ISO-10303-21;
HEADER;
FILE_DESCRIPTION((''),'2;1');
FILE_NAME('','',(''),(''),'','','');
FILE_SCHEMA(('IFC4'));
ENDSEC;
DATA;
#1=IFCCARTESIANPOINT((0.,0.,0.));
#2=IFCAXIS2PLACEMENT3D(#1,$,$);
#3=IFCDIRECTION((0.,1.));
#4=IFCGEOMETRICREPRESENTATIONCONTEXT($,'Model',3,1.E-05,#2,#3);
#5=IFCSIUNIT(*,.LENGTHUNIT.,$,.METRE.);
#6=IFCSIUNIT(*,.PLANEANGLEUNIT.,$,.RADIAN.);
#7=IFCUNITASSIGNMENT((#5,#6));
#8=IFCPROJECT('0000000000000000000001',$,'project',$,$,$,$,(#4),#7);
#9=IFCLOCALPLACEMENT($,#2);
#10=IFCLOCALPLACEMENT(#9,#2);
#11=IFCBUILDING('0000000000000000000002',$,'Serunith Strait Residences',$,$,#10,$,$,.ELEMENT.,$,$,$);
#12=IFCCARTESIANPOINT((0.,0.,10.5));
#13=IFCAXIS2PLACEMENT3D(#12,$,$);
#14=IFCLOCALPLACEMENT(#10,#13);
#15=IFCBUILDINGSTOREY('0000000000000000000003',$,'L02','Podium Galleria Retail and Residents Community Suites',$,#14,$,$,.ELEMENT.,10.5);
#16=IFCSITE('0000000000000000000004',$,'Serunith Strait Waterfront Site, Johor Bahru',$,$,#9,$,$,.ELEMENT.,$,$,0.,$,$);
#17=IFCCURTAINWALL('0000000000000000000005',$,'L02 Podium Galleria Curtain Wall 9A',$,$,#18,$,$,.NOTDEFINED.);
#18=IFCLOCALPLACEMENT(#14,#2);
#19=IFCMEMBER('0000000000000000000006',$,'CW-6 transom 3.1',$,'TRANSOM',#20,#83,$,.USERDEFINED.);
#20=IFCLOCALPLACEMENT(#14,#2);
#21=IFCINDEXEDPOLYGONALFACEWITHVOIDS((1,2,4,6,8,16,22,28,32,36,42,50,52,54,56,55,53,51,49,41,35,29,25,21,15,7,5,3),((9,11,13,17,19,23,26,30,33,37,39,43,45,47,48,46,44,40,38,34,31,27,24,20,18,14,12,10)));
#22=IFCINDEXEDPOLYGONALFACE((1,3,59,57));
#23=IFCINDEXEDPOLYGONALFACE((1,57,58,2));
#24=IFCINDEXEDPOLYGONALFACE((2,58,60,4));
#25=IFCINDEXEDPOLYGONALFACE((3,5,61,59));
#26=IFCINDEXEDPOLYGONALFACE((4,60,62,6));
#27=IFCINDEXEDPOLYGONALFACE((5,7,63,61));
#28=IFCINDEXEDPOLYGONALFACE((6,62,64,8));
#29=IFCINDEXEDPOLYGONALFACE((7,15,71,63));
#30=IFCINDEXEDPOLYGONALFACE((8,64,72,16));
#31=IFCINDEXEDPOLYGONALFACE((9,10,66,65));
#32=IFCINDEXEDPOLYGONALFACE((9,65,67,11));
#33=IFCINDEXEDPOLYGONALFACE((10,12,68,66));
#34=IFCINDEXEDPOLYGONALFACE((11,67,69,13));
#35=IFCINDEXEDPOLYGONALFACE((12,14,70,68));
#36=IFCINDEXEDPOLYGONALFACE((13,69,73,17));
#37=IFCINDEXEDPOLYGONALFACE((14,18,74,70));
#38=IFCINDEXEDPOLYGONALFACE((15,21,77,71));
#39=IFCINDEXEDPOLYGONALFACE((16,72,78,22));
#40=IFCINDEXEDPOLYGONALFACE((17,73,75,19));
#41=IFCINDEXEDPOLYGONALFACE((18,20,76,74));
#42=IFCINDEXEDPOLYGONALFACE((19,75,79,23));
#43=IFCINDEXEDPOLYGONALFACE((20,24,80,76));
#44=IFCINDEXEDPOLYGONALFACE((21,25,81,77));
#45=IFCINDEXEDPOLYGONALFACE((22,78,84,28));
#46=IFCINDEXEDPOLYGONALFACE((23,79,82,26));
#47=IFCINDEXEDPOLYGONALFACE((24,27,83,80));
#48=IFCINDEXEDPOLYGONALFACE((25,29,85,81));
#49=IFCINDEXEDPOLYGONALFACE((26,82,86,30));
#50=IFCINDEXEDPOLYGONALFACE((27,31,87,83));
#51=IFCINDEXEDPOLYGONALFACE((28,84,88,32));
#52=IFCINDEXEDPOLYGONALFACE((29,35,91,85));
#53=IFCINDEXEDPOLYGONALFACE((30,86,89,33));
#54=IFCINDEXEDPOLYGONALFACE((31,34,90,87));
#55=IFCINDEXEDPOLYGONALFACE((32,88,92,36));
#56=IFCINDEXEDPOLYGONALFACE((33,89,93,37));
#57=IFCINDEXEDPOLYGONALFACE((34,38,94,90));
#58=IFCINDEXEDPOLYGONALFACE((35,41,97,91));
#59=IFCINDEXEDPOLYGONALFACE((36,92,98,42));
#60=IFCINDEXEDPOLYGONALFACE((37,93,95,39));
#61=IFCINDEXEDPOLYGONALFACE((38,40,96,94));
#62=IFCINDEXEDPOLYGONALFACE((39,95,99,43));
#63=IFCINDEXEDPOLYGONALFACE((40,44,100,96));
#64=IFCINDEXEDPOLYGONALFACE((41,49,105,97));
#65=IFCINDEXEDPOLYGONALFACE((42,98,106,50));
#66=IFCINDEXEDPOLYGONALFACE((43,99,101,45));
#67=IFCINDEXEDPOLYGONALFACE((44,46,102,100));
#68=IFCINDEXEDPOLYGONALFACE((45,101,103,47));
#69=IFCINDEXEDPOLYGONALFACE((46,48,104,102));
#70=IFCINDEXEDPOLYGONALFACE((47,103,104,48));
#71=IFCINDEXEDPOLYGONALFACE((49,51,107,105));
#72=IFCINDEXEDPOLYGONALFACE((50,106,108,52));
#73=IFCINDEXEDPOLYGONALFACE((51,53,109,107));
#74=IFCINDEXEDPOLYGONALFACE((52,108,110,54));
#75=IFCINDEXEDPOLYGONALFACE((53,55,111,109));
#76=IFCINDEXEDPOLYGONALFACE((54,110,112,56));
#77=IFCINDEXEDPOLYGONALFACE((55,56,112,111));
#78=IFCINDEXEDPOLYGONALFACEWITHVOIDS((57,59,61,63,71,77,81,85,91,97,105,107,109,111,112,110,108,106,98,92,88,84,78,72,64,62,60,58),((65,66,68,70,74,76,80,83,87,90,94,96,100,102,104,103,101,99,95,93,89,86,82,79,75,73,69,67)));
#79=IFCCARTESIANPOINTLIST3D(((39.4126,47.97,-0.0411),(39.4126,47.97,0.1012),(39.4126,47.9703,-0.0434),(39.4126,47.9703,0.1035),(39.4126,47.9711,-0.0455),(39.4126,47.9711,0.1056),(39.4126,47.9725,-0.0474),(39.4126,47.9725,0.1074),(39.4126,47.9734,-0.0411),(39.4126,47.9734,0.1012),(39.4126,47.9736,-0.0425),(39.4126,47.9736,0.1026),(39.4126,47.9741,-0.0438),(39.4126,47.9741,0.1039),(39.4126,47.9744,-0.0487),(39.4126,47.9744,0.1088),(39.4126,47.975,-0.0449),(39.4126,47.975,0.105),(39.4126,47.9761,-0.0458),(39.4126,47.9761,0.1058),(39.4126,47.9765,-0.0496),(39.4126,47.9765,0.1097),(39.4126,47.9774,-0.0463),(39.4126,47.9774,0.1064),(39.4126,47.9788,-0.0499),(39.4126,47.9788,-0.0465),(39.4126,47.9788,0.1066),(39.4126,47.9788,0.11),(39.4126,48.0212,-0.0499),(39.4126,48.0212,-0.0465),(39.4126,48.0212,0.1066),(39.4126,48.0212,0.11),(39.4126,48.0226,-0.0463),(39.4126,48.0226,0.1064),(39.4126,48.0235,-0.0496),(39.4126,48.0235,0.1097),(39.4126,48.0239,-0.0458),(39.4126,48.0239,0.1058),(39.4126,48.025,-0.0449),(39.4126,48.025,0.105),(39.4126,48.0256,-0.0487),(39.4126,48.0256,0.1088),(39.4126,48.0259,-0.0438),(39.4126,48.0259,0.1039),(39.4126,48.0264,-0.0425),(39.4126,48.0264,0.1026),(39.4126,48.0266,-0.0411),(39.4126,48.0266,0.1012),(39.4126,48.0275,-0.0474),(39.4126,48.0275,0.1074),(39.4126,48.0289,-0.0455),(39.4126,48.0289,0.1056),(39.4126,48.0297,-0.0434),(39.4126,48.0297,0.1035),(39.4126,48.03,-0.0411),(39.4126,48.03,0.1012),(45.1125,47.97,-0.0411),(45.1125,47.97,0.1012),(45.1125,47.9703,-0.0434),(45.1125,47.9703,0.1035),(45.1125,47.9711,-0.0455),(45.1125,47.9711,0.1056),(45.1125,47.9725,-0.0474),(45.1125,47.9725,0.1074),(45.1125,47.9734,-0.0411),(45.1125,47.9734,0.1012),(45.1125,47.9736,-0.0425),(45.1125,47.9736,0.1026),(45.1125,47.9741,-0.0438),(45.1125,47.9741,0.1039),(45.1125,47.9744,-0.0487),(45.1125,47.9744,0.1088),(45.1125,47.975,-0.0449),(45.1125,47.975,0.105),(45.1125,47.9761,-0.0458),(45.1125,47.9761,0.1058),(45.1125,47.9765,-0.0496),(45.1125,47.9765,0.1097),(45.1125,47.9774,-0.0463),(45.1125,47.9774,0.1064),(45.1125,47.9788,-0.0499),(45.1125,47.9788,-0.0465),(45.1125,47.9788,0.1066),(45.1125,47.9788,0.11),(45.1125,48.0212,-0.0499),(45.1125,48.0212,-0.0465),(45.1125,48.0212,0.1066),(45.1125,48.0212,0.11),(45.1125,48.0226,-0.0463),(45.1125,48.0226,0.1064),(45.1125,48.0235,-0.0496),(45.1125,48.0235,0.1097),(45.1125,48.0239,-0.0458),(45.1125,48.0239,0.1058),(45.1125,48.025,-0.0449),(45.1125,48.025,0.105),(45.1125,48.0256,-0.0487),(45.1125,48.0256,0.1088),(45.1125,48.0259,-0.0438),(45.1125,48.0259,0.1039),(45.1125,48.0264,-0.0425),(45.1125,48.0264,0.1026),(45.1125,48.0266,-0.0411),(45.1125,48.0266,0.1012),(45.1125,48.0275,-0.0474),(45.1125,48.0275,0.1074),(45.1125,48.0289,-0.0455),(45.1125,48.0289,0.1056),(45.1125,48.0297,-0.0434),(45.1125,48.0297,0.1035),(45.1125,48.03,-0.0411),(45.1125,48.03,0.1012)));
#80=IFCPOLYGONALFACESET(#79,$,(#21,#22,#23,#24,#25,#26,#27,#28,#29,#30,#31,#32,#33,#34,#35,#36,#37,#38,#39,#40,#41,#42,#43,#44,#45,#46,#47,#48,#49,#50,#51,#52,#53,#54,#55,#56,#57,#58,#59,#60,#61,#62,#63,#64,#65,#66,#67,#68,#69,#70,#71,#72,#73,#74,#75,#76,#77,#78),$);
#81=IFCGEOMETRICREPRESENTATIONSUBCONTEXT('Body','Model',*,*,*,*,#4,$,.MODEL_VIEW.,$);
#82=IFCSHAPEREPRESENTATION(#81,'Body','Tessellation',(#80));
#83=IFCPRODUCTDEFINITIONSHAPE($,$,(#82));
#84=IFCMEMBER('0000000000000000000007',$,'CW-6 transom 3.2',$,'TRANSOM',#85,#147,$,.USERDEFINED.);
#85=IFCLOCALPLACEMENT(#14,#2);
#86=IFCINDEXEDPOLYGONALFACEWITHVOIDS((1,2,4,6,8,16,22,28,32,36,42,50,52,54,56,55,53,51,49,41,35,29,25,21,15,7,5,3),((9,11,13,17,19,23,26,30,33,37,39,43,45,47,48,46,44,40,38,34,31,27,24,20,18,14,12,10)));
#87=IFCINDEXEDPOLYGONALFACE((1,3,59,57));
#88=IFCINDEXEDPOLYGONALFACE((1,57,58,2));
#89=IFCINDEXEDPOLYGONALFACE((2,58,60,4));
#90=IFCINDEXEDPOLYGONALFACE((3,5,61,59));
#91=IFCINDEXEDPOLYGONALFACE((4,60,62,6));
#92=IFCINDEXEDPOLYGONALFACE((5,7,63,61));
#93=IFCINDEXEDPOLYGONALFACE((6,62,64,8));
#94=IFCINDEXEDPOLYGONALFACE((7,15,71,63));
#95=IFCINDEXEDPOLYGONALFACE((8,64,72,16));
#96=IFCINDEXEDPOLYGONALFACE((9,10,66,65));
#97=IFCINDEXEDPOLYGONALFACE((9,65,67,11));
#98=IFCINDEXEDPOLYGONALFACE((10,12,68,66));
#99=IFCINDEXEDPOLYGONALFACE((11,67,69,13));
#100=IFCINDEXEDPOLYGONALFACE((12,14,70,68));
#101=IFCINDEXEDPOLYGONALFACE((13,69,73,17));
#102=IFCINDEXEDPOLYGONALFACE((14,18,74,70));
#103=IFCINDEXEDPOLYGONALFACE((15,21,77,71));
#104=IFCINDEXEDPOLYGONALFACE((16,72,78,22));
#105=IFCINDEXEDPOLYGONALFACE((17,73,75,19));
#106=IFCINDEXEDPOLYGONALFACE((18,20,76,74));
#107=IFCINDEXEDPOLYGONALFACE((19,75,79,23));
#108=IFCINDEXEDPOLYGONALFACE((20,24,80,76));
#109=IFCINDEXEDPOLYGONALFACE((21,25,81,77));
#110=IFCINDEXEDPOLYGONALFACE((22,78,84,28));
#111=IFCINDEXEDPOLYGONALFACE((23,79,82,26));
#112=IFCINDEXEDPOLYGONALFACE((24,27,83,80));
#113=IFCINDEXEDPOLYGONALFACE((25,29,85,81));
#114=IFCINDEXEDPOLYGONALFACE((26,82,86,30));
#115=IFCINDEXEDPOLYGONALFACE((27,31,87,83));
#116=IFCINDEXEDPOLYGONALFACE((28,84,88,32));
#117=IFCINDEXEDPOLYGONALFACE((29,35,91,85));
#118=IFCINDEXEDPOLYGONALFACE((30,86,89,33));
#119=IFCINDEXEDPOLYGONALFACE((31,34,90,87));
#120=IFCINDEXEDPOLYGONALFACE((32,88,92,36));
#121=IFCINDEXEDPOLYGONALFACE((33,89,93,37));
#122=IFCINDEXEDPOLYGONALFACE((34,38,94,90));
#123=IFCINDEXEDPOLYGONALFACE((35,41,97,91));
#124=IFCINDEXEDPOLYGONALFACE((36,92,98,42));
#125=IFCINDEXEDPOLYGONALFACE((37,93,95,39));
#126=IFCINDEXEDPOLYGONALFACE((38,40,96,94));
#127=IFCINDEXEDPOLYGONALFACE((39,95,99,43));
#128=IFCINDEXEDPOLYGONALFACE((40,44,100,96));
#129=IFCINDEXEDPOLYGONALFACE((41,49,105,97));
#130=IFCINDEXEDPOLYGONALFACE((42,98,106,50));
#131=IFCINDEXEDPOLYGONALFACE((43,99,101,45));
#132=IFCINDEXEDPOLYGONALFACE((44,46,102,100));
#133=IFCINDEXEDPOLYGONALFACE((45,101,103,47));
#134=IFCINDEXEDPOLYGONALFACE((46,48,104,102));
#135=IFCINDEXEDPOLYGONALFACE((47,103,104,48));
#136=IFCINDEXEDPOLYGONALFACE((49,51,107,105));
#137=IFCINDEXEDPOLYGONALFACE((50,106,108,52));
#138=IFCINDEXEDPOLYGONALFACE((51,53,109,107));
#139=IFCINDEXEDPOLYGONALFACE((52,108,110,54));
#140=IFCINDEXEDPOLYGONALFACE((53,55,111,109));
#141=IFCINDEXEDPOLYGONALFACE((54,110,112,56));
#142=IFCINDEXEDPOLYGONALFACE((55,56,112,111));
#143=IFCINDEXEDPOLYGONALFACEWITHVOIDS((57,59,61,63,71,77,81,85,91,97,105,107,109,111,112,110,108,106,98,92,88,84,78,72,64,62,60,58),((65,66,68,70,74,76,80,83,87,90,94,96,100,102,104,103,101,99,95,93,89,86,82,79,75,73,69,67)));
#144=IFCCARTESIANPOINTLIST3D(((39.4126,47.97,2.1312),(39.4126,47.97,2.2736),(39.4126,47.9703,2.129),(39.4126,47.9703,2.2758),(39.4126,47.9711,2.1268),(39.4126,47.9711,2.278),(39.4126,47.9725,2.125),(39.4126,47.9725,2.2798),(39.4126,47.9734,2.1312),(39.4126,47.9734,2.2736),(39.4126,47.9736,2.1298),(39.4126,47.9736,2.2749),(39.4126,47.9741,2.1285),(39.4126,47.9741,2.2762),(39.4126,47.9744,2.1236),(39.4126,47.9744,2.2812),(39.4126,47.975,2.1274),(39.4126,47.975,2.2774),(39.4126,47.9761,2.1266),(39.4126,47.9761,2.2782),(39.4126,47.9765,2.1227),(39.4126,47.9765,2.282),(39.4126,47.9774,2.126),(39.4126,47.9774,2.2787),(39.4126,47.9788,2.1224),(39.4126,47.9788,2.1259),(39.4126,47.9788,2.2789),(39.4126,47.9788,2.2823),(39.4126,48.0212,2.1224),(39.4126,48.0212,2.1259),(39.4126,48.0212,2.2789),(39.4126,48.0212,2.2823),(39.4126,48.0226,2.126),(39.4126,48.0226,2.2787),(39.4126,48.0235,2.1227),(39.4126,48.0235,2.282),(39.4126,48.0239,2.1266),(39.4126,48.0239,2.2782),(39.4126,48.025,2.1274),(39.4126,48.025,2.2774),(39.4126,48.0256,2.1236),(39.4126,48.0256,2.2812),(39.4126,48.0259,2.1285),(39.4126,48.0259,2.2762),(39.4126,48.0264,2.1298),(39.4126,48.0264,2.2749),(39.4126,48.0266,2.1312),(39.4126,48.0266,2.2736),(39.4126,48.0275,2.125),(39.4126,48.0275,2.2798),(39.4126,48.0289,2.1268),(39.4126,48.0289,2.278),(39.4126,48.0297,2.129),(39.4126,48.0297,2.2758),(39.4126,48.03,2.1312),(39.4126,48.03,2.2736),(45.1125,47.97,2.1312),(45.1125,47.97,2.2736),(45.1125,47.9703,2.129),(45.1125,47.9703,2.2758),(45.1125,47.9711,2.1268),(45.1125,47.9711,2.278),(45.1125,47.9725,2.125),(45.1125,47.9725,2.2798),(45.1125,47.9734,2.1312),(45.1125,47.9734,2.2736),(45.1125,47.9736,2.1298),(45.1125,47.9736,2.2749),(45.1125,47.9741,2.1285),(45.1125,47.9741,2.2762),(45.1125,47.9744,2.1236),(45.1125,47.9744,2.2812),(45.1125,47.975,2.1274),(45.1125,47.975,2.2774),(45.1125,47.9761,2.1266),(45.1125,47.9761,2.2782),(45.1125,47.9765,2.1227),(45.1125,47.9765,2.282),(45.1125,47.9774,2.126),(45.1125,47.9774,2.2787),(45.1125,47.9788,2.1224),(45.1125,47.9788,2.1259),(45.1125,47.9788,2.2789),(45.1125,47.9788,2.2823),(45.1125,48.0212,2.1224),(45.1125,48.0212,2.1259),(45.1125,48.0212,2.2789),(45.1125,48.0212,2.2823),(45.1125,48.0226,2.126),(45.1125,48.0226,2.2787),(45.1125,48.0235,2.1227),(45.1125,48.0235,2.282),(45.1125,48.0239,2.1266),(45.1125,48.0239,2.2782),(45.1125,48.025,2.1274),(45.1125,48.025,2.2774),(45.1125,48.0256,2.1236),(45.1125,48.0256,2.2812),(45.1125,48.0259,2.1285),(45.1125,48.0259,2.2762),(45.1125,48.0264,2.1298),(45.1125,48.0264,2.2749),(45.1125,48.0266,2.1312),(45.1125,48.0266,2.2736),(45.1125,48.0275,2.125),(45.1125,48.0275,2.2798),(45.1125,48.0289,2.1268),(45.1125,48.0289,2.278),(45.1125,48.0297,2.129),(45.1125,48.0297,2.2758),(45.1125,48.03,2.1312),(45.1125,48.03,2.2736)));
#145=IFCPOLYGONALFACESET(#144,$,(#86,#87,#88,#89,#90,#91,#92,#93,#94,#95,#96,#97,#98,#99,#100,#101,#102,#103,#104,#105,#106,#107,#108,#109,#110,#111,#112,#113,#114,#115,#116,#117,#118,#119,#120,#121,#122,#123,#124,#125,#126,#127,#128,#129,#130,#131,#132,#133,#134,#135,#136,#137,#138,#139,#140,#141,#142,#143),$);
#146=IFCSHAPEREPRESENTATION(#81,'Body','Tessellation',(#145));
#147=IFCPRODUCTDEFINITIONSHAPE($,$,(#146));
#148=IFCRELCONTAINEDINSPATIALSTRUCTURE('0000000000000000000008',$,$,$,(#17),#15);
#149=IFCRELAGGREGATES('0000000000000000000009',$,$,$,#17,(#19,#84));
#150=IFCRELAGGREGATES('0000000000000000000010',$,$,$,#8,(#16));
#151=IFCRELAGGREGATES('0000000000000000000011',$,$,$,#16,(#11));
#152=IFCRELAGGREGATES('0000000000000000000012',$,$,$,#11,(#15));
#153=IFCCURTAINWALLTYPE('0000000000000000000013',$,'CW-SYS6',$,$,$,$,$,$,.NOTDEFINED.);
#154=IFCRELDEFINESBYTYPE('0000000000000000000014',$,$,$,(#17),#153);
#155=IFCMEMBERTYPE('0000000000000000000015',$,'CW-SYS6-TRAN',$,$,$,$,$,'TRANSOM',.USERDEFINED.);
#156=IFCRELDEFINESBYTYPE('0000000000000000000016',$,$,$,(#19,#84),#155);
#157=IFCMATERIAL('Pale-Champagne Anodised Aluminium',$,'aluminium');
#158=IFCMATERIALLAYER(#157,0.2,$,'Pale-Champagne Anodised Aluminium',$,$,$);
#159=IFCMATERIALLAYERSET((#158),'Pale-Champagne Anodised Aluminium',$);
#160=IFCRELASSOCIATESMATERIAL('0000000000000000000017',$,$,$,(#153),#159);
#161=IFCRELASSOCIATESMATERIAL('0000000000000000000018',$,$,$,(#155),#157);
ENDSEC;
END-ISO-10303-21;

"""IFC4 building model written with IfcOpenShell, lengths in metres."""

from ifc_helpers import new_model, si_unit, direction, frame, origin, origin_2d, place, context, subcontext, project, spatial, hollow_rectangle, extrude, source, transform, mapped, material, layer, layer_set, material_profile, profile_set, type_object, element, aggregate, save


model = new_model("IFC4")

# Units and contexts
model_context = context("Model", 3, precision=1e-05, world=origin(), true_north=direction((0.0, 1.0)))
body_context = subcontext(model_context, "Body", "Model", "MODEL_VIEW")
ifc_project = project(units=[si_unit("LENGTHUNIT", "METRE"), si_unit("PLANEANGLEUNIT", "RADIAN")], contexts=[model_context])

# Site, building, storey
site_placement = place(None, origin())
site = spatial("IfcSite", under=ifc_project, at=site_placement, Name="Serunith Strait Waterfront Site, Johor Bahru", CompositionType="ELEMENT", RefElevation=0.0)
building_placement = place(site_placement, origin())
building = spatial("IfcBuilding", under=site, at=building_placement, Name="Serunith Strait Residences", CompositionType="ELEMENT")
storey_placement = place(building_placement, frame((0.0, 0.0, 10.5)))
storey = spatial("IfcBuildingStorey", under=building, at=storey_placement, Name="L02", Description="Podium Galleria Retail and Residents Community Suites", CompositionType="ELEMENT", Elevation=10.5)

# Curtain wall, members
ifc_material_1 = material(Name="Pale-Champagne Anodised Aluminium", Category="aluminium")
ifc_layer_1 = layer(ifc_material_1, 0.2, Name="Pale-Champagne Anodised Aluminium")
ifc_layer_set_1 = layer_set([ifc_layer_1], Name="Pale-Champagne Anodised Aluminium")
curtain_wall_type = type_object("IfcCurtainWallType", Name="CW-SYS6", PredefinedType="NOTDEFINED", material=ifc_layer_set_1)
curtain_wall_placement = place(storey_placement, origin())
curtain_wall = element("IfcCurtainWall", 1, at=curtain_wall_placement, inside=storey, type_object=curtain_wall_type, Name="L02 Podium Galleria Curtain Wall 9A", PredefinedType="NOTDEFINED")
ifc_material_profile_1 = material_profile(ifc_material_1, hollow_rectangle(XDim=0.0601, YDim=0.1599, WallThickness=0.0034, InnerFilletRadius=0.0054, OuterFilletRadius=0.0088, at=origin_2d()), Name="ALU 160x60x3.5")
ifc_profile_set_1 = profile_set([ifc_material_profile_1], Name="Pale-Champagne Anodised Aluminium")
member_type_1 = type_object("IfcMemberType", Name="CW-SYS6-TRAN", ElementType="TRANSOM", PredefinedType="USERDEFINED", material=ifc_profile_set_1)
shared_shape_1 = source(origin(), body_context, "Body", "SweptSolid", [
    extrude(hollow_rectangle(XDim=0.0601, YDim=0.1599, WallThickness=0.0034, InnerFilletRadius=0.0054, OuterFilletRadius=0.0088, at=origin_2d()), origin(), (0.0, 0.0, 1.0), 5.7),
])
member_1_placement = place(storey_placement, frame((45.1125, 48.0, 0.03), z_axis=(-1.0, 0.0, 0.0), x_axis=(0.0, -1.0, 0.0)))
member_1 = element("IfcMember", 2, at=member_1_placement, type_object=member_type_1, Name="CW-6 transom 3.1", ObjectType="TRANSOM", PredefinedType="USERDEFINED", context=body_context, shape_type="MappedRepresentation", body=[
    mapped(shared_shape_1, transform((0.0, 0.0, 0.0), scale=1.0)),
])
member_2_placement = place(storey_placement, frame((45.1125, 48.0, 2.2024), z_axis=(-1.0, 0.0, 0.0), x_axis=(0.0, -1.0, 0.0)))
member_2 = element("IfcMember", 3, at=member_2_placement, type_object=member_type_1, Name="CW-6 transom 3.2", ObjectType="TRANSOM", PredefinedType="USERDEFINED", context=body_context, shape_type="MappedRepresentation", body=[
    mapped(shared_shape_1, transform((0.0, 0.0, 0.0), scale=1.0)),
])
aggregate(curtain_wall, [member_1, member_2])

save(model, "model.ifc")
